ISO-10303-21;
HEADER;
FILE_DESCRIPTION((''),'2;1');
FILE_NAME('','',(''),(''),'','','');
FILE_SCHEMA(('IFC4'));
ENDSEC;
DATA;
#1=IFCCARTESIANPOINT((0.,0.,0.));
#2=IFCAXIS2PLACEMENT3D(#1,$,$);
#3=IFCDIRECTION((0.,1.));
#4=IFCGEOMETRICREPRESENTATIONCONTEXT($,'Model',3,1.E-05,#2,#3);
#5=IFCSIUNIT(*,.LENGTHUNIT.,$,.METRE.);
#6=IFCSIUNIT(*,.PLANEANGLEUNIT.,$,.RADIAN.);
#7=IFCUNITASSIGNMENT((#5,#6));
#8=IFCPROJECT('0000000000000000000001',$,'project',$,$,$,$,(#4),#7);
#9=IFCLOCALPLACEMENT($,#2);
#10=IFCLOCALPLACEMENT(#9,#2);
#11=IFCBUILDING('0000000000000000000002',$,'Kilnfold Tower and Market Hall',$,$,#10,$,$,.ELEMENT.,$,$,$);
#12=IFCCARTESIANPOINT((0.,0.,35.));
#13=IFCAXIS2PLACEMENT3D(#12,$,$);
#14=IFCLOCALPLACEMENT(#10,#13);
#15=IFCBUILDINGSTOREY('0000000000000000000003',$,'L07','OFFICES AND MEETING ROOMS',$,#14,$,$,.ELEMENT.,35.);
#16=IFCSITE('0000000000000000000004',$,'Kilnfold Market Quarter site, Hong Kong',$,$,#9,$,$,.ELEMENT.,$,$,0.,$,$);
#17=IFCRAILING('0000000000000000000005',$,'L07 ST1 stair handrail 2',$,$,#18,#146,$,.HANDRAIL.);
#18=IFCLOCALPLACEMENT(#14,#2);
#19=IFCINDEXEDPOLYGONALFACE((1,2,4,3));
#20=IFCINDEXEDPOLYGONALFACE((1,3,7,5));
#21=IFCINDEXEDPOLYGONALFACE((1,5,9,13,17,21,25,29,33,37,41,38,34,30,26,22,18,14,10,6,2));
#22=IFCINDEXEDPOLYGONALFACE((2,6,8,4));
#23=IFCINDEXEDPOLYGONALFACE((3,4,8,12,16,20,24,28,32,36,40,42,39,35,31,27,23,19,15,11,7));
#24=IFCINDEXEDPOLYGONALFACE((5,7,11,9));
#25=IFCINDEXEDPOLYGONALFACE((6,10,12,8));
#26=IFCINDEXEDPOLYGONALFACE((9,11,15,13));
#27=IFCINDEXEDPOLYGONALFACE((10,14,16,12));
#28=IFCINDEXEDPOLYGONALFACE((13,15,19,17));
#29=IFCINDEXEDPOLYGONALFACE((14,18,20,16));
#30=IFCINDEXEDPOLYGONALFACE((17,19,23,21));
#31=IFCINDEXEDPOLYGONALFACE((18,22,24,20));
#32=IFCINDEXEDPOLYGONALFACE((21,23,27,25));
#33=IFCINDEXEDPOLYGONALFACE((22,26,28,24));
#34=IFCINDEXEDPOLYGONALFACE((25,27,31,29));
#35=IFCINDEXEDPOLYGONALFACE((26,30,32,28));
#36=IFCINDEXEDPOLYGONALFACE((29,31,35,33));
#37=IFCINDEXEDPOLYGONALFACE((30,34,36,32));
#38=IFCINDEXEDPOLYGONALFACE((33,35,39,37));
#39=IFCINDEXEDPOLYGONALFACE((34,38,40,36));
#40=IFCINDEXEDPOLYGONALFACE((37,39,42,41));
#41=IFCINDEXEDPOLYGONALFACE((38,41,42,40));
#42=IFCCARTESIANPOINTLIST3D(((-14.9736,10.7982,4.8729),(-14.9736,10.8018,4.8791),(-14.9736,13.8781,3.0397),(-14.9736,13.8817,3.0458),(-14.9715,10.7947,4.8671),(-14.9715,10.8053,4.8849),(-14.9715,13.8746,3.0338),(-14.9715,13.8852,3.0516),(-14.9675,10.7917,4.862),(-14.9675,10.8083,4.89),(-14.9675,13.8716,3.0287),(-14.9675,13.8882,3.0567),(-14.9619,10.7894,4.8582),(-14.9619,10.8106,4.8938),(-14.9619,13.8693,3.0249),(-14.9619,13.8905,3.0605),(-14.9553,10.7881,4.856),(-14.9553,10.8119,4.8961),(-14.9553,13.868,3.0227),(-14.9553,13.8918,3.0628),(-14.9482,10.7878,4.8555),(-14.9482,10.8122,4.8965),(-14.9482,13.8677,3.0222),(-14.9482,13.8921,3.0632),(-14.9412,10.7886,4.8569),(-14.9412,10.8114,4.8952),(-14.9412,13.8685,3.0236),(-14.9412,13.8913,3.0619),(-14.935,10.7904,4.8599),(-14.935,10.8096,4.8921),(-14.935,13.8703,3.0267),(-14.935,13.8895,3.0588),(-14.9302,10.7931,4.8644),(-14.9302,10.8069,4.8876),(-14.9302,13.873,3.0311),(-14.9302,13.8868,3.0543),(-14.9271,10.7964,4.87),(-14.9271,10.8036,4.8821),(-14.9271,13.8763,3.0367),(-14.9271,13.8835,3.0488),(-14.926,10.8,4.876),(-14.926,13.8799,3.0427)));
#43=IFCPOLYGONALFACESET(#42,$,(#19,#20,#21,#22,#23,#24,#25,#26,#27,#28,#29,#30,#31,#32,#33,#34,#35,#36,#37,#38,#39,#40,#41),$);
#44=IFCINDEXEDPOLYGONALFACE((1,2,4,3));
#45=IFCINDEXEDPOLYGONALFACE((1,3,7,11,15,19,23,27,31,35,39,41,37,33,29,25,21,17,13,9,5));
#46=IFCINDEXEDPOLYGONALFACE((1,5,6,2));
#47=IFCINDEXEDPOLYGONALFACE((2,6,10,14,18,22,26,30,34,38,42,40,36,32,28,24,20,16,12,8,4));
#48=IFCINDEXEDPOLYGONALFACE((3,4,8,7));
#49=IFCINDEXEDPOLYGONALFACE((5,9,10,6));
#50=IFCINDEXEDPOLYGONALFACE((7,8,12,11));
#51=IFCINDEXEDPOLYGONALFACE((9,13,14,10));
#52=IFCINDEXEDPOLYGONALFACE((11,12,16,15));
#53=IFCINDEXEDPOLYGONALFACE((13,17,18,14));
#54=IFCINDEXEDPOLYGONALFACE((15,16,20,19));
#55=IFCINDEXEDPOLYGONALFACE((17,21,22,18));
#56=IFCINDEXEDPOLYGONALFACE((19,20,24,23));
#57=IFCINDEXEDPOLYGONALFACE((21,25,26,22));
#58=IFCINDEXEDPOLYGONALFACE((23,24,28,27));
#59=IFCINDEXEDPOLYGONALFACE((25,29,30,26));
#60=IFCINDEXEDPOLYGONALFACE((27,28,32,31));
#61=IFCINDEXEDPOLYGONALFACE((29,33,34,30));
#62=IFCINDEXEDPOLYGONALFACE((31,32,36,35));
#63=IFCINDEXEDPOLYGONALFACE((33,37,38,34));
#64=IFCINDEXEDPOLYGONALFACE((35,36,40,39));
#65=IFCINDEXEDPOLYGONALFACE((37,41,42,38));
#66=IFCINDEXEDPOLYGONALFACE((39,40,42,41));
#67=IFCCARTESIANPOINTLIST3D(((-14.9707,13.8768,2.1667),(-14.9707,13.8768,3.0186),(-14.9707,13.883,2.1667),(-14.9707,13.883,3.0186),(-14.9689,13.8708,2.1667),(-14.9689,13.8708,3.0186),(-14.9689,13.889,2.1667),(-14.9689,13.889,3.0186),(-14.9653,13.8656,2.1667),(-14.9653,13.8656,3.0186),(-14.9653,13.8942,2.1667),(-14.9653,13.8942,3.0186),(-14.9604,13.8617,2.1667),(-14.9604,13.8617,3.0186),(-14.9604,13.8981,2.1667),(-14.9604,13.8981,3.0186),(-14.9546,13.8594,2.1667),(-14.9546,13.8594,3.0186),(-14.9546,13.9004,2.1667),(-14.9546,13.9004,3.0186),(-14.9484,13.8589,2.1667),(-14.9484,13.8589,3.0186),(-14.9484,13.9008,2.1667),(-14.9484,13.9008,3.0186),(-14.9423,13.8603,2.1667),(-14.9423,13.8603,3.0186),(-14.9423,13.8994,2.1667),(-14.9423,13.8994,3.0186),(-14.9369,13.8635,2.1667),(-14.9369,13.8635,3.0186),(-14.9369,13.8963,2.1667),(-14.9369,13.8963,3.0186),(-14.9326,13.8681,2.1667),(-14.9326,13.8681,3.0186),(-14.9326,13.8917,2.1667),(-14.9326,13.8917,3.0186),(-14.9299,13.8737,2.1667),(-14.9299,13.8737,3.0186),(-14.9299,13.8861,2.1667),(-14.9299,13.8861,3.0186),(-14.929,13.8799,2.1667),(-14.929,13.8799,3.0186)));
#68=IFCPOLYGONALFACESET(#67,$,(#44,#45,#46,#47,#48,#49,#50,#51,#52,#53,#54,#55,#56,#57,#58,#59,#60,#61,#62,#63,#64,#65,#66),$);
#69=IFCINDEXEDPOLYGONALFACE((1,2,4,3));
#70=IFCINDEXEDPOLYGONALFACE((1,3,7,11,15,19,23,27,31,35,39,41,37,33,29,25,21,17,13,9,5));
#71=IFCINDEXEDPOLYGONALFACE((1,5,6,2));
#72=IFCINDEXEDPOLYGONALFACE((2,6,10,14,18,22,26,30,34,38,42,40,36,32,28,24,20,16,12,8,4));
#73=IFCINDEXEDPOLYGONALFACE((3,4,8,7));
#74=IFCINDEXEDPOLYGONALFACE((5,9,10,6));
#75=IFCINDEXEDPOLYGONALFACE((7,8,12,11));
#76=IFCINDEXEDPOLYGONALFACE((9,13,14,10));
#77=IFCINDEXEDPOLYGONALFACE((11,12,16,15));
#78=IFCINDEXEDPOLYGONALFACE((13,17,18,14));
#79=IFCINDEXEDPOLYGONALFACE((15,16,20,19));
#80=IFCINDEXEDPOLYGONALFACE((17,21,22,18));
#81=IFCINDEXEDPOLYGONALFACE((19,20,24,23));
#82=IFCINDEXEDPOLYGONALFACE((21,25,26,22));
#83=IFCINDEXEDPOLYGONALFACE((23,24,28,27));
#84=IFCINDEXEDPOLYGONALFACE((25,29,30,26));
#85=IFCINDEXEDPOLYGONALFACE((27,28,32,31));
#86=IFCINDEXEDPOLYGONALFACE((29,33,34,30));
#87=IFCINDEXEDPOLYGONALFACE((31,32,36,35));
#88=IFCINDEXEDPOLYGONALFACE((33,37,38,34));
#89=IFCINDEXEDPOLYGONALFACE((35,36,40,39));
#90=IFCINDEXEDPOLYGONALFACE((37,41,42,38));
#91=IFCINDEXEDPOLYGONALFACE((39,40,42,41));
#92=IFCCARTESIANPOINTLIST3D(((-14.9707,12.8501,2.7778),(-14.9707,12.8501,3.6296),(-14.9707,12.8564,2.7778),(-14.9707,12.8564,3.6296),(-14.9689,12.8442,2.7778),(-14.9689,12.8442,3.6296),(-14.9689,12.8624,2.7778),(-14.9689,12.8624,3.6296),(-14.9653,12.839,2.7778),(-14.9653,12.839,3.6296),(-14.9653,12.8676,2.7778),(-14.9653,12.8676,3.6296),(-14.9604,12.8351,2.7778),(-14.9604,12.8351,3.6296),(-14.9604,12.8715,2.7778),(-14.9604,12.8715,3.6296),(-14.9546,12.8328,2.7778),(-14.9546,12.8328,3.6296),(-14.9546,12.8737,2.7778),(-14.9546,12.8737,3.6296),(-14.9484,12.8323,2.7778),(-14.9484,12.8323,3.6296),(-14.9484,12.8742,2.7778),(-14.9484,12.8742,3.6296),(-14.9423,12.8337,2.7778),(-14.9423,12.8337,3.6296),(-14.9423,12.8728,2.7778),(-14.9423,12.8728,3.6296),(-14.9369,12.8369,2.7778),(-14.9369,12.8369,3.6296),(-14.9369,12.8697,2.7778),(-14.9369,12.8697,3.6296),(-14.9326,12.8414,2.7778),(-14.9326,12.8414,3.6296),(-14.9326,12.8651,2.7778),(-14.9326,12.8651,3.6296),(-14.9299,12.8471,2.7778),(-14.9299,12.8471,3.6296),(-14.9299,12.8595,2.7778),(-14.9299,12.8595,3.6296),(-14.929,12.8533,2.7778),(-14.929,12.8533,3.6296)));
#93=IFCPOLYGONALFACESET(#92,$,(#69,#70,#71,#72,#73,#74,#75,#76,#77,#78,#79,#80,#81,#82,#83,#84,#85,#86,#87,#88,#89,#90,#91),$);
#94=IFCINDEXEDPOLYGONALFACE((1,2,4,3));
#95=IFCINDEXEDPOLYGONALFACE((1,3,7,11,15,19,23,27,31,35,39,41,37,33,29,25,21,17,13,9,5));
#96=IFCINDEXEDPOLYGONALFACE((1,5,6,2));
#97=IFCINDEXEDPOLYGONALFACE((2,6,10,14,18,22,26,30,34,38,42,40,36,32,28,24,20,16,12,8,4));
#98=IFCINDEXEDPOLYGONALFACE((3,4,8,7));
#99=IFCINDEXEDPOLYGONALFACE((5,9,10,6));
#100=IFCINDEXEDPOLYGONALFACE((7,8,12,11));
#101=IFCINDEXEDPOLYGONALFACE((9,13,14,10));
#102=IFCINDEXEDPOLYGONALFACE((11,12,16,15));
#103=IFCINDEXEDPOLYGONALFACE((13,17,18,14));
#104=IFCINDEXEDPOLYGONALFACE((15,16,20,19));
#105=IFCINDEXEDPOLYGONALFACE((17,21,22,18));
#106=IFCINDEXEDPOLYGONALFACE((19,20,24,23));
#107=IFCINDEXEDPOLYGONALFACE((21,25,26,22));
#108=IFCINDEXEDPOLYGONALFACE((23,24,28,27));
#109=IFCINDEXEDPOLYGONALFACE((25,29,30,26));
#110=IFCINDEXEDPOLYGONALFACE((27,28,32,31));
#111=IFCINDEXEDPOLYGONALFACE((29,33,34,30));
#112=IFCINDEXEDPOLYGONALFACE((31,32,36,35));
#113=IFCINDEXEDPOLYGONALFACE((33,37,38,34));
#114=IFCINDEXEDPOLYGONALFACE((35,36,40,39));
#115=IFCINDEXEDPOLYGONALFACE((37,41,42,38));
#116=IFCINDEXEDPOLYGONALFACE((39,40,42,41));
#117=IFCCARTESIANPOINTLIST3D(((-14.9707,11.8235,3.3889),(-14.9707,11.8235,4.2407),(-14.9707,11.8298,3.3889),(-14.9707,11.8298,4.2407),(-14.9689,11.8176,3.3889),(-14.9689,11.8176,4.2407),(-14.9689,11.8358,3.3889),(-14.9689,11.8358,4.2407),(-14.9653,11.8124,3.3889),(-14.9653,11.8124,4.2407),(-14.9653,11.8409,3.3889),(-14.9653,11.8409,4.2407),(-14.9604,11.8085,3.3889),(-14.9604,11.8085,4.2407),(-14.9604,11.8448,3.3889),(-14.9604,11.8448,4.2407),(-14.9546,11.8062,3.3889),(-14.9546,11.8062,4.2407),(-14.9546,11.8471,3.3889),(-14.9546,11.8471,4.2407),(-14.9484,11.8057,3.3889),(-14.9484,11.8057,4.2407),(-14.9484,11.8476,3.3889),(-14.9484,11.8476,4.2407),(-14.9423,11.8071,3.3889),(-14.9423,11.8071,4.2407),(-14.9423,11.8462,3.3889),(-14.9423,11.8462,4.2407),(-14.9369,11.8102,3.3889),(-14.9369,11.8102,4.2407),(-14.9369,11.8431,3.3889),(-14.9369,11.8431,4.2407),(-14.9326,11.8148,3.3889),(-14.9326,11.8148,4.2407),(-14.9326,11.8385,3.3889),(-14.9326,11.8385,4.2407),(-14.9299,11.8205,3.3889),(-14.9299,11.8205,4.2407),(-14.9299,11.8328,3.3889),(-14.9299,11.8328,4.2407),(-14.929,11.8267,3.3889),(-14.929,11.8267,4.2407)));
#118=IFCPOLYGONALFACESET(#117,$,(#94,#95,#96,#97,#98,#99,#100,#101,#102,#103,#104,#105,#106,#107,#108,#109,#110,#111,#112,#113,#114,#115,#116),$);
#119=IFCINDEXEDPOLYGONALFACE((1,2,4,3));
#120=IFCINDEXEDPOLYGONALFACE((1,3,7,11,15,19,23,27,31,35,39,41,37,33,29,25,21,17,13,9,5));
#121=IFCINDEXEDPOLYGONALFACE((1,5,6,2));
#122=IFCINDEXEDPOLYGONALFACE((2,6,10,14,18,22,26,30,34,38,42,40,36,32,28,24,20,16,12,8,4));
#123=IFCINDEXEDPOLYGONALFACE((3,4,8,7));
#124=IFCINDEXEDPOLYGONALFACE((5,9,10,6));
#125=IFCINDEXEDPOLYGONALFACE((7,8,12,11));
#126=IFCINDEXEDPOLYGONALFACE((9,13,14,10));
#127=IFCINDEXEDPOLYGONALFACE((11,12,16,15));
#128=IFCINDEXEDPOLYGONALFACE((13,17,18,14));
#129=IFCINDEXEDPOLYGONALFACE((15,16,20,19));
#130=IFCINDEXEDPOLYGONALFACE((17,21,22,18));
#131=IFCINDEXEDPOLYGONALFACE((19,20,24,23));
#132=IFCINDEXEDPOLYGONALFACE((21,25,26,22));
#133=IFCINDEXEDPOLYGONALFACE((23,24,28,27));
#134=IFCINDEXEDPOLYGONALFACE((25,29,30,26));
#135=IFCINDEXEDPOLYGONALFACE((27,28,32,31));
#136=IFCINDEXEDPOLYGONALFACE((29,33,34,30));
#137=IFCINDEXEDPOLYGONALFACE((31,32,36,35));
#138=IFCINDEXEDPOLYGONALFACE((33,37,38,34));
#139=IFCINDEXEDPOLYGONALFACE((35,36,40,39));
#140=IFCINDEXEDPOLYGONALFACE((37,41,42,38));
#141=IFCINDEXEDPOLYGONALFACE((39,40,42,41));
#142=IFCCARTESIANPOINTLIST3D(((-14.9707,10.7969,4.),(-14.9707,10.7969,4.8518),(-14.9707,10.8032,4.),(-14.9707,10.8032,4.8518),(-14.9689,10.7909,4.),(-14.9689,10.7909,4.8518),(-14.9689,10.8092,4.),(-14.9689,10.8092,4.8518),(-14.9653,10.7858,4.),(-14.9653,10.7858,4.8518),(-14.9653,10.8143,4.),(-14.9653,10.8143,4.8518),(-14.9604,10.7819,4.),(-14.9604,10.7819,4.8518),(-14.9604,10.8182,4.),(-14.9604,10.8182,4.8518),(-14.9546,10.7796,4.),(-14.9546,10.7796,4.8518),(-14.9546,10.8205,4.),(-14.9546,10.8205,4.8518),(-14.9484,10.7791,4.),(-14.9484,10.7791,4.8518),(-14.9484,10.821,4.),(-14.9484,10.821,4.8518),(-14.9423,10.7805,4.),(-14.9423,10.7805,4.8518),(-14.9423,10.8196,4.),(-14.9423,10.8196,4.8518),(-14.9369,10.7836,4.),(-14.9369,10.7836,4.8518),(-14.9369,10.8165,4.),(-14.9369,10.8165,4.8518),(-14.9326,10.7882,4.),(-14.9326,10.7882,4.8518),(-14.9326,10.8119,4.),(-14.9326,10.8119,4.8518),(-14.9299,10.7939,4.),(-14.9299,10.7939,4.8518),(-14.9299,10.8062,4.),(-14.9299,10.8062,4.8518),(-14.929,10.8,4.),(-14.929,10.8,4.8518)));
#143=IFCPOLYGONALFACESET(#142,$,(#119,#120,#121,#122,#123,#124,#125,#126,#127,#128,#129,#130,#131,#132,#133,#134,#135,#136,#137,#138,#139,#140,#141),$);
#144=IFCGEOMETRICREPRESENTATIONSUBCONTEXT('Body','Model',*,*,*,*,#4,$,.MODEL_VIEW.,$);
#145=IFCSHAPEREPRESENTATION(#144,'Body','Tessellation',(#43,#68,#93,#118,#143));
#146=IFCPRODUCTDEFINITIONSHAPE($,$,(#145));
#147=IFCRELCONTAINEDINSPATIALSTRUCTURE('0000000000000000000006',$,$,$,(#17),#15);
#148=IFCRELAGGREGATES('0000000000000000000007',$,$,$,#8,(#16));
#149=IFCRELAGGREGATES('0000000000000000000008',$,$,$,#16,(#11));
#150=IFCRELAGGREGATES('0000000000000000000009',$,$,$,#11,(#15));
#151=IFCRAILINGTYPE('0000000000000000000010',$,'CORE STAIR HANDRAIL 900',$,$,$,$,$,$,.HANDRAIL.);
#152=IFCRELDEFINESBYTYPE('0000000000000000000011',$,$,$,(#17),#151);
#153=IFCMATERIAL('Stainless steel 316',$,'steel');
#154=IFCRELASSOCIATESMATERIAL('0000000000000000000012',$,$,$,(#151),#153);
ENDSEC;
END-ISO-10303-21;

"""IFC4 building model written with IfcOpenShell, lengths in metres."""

from ifc_helpers import new_model, si_unit, direction, frame, origin, origin_2d, place, context, subcontext, project, spatial, circle, extrude, material, type_object, element, save


model = new_model("IFC4")

# Units and contexts
model_context = context("Model", 3, precision=1e-05, world=origin(), true_north=direction((0.0, 1.0)))
body_context = subcontext(model_context, "Body", "Model", "MODEL_VIEW")
ifc_project = project(units=[si_unit("LENGTHUNIT", "METRE"), si_unit("PLANEANGLEUNIT", "RADIAN")], contexts=[model_context])

# Site, building, storey
site_placement = place(None, origin())
site = spatial("IfcSite", under=ifc_project, at=site_placement, Name="Kilnfold Market Quarter site, Hong Kong", CompositionType="ELEMENT", RefElevation=0.0)
building_placement = place(site_placement, origin())
building = spatial("IfcBuilding", under=site, at=building_placement, Name="Kilnfold Tower and Market Hall", CompositionType="ELEMENT")
storey_placement = place(building_placement, frame((0.0, 0.0, 35.0)))
storey = spatial("IfcBuildingStorey", under=building, at=storey_placement, Name="L07", Description="OFFICES AND MEETING ROOMS", CompositionType="ELEMENT", Elevation=35.0)

# Railing
ifc_material_1 = material(Name="Stainless steel 316", Category="steel")
railing_type_1 = type_object("IfcRailingType", Name="CORE STAIR HANDRAIL 900", PredefinedType="HANDRAIL", material=ifc_material_1)
railing_1_placement = place(storey_placement, frame((-14.95, 13.8799, 2.1667)))
element("IfcRailing", 1, at=railing_1_placement, inside=storey, type_object=railing_type_1, Name="L07 ST1 stair handrail 2", PredefinedType="HANDRAIL", context=body_context, shape_type="SweptSolid", body=[
    extrude(circle(Radius=0.0239, at=origin_2d()), frame((0.0, 0.0, 0.876), z_axis=(0.0, -0.859291, 0.511487), x_axis=(1.0, 0.0, 0.0)), (0.0, 0.0, 1.0), 3.5842),
    extrude(circle(Radius=0.021, at=origin_2d()), origin(), (0.0, 0.0, 1.0), 0.8518),
    extrude(circle(Radius=0.021, at=origin_2d()), frame((0.0, -1.0266, 0.6111)), (0.0, 0.0, 1.0), 0.8518),
    extrude(circle(Radius=0.021, at=origin_2d()), frame((0.0, -2.0532, 1.2222)), (0.0, 0.0, 1.0), 0.8518),
    extrude(circle(Radius=0.021, at=origin_2d()), frame((0.0, -3.0798, 1.8333)), (0.0, 0.0, 1.0), 0.8518),
])

save(model, "model.ifc")
